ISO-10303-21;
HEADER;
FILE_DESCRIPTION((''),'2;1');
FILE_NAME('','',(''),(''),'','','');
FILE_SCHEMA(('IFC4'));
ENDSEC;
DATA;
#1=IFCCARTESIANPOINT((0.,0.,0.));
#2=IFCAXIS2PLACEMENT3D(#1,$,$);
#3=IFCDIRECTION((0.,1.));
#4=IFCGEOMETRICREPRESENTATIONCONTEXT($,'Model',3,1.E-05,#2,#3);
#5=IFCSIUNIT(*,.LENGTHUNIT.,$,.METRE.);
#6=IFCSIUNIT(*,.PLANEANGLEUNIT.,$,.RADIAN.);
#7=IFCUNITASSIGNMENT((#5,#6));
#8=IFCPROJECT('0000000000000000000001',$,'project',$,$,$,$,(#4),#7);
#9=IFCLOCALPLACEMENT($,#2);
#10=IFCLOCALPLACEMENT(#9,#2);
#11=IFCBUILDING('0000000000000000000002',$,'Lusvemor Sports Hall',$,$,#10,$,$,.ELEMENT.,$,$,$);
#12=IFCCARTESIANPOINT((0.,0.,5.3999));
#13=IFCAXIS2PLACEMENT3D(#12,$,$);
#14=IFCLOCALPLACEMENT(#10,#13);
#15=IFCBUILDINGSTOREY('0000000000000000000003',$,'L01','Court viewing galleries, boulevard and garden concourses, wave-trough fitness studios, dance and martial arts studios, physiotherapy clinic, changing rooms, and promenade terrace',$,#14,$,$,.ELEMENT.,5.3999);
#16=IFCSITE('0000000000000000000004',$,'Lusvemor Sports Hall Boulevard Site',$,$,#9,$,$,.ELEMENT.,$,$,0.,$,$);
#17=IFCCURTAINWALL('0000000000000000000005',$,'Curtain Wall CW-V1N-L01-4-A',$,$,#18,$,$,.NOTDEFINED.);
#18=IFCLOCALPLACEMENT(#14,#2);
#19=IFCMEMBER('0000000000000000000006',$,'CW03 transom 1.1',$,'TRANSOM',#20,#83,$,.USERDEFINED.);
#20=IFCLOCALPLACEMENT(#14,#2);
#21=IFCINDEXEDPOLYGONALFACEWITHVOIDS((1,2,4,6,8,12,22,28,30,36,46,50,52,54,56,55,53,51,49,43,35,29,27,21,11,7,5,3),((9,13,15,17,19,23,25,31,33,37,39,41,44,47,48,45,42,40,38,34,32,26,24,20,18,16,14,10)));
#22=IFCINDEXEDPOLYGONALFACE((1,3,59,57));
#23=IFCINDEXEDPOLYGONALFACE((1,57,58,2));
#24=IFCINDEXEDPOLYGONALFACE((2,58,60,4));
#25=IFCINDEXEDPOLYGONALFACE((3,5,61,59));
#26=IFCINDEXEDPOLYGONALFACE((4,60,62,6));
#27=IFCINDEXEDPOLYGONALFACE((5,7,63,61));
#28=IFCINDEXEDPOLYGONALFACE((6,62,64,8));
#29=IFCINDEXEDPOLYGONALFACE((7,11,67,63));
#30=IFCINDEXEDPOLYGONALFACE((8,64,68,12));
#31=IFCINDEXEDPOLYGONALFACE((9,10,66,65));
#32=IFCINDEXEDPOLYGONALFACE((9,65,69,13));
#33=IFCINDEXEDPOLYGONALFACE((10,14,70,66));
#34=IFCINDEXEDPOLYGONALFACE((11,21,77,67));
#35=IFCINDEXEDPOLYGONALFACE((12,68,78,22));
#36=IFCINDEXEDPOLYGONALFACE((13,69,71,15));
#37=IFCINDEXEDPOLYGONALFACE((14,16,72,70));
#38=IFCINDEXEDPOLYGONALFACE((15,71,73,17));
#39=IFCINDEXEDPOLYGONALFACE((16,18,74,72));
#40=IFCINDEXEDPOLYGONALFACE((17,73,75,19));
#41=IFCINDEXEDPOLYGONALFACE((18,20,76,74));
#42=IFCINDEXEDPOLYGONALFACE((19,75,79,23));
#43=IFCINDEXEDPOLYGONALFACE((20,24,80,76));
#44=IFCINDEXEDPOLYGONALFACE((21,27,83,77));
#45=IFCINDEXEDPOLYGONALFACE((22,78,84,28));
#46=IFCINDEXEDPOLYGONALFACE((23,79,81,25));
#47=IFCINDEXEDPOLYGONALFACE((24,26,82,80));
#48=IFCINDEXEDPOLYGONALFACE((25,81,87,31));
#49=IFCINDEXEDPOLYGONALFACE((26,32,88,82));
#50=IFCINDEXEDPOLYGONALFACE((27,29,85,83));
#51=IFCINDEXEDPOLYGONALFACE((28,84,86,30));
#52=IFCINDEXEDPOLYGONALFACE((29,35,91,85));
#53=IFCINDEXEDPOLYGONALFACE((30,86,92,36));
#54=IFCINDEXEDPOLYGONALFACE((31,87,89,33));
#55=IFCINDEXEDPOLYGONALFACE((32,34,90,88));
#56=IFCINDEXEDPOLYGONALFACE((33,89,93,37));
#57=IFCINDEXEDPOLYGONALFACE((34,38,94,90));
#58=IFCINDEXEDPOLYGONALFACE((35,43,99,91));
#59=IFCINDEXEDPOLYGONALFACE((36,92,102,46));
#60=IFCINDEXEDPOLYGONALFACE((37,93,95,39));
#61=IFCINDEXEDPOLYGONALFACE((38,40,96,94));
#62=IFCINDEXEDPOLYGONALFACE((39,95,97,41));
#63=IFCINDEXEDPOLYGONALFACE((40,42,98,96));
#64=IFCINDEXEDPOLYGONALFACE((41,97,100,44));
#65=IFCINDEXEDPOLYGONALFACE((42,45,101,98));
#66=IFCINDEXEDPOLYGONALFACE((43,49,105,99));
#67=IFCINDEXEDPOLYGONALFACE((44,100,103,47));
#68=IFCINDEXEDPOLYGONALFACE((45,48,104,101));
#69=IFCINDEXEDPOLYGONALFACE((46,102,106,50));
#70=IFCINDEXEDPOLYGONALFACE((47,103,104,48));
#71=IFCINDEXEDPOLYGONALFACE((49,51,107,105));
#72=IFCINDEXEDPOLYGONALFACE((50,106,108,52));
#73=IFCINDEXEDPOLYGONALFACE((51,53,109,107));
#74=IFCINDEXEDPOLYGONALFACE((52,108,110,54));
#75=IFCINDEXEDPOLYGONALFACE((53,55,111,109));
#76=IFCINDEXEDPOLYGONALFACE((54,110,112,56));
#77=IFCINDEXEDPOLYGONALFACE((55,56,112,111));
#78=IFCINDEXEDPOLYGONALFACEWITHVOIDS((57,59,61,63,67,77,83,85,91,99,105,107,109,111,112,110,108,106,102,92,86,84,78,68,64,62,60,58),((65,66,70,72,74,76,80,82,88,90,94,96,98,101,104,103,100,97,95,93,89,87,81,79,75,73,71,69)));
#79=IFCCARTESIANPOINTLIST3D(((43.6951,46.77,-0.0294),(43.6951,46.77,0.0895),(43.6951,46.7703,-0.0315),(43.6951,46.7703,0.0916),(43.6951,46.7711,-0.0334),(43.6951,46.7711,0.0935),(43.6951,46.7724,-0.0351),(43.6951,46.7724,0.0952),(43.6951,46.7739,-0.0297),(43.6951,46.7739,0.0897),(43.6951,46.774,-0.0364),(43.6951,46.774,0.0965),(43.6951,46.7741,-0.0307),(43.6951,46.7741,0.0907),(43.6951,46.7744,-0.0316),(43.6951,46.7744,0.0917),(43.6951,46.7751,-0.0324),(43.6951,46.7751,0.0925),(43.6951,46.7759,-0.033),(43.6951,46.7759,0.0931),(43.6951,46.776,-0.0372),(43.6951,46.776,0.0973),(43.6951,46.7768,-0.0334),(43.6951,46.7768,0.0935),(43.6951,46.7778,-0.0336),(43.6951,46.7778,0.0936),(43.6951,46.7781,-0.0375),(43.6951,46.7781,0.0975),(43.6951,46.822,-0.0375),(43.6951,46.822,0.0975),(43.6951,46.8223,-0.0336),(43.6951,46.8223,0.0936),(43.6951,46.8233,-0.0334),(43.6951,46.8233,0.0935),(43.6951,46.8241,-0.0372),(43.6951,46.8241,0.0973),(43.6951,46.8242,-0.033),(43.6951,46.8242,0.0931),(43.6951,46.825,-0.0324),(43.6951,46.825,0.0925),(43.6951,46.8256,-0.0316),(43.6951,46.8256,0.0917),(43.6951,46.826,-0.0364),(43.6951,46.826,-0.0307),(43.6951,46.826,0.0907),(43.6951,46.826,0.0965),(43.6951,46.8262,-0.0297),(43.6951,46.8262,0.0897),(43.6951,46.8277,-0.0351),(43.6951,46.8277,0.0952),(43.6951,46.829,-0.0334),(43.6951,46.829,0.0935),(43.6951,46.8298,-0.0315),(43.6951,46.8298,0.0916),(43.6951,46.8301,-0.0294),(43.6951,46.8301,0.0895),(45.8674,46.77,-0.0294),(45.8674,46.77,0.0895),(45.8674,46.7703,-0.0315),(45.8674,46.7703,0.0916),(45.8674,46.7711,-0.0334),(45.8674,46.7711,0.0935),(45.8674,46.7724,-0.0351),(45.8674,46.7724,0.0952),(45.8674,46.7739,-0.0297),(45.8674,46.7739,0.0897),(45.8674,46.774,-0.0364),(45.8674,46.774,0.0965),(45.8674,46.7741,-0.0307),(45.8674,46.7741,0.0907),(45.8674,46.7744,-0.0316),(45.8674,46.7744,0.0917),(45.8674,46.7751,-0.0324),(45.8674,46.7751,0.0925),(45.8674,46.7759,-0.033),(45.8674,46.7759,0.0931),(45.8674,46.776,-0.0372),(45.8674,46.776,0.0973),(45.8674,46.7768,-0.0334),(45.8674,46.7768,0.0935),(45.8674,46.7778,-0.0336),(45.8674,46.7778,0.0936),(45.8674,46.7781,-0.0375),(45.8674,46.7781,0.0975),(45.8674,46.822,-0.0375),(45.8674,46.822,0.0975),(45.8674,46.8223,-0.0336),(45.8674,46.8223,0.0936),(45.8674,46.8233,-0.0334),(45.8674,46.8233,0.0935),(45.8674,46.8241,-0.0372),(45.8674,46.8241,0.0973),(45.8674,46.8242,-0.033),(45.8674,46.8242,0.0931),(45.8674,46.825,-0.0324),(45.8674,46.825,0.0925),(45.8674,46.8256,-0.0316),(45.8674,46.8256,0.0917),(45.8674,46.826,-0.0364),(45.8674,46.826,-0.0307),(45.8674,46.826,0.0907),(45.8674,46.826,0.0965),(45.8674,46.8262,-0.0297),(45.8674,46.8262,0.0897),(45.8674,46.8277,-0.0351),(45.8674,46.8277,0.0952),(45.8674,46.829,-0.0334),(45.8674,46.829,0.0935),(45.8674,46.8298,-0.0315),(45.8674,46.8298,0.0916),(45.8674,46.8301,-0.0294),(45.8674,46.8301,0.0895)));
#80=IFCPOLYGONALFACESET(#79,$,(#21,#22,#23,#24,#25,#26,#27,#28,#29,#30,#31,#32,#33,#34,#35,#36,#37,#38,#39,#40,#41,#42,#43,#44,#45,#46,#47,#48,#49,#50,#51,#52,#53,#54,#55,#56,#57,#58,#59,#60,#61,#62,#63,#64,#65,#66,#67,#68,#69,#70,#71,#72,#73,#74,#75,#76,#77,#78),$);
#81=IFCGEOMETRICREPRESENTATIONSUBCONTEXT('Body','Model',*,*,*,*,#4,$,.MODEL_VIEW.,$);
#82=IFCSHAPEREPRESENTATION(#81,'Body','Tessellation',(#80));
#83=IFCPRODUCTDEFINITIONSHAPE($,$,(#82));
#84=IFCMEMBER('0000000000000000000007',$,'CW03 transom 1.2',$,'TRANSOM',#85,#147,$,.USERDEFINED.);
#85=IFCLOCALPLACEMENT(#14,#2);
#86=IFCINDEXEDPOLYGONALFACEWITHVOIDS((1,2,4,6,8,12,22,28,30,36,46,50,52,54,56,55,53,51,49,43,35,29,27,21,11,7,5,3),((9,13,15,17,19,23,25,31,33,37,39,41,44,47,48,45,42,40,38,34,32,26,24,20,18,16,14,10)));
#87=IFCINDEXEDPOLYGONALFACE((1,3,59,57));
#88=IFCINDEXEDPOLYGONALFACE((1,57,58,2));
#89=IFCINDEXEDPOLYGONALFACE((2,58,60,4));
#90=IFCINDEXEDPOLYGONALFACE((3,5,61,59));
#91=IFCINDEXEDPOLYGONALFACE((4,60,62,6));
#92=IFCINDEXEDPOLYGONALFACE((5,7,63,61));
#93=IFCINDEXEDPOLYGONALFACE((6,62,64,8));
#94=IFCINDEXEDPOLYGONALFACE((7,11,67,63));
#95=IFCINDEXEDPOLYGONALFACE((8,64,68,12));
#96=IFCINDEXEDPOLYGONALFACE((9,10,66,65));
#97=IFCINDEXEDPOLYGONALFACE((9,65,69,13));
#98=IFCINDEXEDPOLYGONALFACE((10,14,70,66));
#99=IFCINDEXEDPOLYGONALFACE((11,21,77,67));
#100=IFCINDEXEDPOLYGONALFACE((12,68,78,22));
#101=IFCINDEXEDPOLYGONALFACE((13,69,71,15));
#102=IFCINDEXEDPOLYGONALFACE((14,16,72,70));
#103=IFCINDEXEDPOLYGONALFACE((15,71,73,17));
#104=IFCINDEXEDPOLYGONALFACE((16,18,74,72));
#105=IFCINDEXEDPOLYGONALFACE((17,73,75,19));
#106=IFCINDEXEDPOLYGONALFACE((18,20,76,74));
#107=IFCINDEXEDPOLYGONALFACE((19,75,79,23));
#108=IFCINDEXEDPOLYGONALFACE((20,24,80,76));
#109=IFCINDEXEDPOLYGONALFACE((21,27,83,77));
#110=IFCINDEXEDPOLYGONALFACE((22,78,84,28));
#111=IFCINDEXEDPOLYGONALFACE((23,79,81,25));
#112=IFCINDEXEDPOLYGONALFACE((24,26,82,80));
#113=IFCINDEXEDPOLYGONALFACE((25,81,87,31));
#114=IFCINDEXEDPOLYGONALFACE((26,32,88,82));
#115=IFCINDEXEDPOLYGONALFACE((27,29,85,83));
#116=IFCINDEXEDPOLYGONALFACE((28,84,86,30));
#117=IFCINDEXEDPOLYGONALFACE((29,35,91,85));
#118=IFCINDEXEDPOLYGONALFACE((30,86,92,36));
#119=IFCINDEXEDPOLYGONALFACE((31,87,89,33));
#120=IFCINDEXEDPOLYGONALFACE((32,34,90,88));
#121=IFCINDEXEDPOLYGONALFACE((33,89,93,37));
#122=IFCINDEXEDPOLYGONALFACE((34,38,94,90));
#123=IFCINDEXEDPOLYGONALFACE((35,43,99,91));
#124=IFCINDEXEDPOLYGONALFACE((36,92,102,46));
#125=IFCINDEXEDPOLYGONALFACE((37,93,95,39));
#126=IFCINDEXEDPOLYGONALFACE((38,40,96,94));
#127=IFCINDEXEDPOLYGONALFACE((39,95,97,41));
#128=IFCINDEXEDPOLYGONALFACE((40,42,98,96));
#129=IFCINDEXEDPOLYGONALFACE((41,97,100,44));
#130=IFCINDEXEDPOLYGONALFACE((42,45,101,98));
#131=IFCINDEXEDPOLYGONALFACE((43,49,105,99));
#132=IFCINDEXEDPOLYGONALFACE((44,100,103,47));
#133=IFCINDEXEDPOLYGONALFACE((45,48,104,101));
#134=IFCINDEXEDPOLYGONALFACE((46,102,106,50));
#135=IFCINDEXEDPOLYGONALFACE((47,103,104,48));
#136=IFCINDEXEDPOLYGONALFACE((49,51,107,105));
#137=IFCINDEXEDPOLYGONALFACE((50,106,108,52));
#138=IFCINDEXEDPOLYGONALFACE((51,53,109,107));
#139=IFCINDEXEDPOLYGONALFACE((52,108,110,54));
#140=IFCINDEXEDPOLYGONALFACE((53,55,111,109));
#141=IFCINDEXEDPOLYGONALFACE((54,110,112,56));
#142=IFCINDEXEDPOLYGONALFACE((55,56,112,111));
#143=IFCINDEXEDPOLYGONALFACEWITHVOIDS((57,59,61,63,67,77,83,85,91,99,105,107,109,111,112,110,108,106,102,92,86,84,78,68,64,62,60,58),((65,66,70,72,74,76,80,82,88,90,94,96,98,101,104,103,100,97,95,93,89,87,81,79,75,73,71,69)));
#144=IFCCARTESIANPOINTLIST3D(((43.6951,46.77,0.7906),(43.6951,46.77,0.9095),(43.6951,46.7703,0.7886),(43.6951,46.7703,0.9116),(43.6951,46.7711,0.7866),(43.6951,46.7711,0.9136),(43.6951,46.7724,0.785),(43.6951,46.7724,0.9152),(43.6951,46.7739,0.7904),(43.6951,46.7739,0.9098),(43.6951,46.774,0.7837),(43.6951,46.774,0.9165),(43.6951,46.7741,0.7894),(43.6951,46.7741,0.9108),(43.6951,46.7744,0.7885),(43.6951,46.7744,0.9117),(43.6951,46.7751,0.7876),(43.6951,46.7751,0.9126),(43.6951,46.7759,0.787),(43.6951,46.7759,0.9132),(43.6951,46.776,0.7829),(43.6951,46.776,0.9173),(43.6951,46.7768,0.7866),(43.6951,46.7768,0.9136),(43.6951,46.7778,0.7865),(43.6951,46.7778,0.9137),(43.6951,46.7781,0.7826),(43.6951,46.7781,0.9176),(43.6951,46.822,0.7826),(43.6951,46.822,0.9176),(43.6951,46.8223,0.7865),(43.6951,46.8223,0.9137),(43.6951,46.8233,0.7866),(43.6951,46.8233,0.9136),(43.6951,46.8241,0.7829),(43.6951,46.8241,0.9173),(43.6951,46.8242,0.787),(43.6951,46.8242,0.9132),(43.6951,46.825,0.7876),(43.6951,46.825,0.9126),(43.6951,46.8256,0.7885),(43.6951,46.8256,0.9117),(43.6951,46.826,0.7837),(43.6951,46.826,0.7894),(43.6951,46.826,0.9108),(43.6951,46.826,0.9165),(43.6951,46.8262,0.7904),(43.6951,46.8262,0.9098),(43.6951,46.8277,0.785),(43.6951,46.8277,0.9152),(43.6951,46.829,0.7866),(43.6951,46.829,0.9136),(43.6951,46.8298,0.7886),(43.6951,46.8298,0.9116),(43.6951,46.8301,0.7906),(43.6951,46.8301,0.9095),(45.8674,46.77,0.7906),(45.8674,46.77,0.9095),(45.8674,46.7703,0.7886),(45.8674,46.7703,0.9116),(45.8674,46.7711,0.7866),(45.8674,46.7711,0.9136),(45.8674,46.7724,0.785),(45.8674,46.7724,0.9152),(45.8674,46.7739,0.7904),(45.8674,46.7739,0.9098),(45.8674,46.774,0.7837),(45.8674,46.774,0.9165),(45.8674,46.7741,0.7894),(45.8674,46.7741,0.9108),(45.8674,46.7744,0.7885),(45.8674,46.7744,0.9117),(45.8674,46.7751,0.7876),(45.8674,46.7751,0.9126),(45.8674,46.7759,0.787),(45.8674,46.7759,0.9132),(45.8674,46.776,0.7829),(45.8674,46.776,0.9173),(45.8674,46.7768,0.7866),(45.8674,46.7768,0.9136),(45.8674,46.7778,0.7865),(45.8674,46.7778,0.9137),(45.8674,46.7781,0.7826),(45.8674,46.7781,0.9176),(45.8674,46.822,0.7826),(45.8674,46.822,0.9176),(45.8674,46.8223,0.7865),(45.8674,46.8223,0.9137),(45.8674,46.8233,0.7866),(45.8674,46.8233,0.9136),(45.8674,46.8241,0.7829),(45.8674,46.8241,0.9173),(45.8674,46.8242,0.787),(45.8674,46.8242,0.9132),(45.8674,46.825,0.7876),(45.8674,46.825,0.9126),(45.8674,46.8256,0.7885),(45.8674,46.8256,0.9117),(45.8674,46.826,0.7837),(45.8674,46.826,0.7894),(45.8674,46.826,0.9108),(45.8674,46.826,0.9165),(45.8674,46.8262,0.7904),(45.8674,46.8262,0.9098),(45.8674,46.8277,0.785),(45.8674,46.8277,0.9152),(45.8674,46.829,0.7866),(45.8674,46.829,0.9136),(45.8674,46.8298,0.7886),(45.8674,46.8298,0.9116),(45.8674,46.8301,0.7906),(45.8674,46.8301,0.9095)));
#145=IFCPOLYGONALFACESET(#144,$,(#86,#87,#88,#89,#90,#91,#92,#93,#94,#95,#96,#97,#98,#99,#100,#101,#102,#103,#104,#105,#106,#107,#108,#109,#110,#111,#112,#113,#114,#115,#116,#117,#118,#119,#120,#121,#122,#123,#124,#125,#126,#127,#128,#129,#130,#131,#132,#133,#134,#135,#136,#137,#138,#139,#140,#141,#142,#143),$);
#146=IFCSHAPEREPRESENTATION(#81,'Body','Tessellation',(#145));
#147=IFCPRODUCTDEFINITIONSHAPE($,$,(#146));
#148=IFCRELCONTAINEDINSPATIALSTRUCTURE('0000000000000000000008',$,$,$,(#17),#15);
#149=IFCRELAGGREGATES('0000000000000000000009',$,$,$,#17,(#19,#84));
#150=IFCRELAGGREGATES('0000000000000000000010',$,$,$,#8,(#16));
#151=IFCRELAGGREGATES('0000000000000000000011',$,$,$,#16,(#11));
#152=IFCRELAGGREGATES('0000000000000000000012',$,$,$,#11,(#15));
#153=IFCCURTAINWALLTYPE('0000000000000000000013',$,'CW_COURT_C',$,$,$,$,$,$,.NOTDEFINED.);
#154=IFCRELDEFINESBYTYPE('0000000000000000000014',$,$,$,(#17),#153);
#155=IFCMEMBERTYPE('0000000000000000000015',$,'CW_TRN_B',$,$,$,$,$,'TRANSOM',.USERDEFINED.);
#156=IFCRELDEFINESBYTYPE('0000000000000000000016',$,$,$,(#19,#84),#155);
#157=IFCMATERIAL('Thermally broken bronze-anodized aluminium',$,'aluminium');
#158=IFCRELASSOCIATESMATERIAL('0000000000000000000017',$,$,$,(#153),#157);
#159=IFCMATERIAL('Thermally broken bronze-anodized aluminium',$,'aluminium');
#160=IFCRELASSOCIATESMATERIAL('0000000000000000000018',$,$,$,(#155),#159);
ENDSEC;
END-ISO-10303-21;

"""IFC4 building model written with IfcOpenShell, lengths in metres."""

from ifc_helpers import new_model, si_unit, direction, frame, origin, origin_2d, place, context, subcontext, project, spatial, hollow_rectangle, extrude, material, material_profile, profile_set, type_object, element, aggregate, save


model = new_model("IFC4")

# Units and contexts
model_context = context("Model", 3, precision=1e-05, world=origin(), true_north=direction((0.0, 1.0)))
body_context = subcontext(model_context, "Body", "Model", "MODEL_VIEW")
ifc_project = project(units=[si_unit("LENGTHUNIT", "METRE"), si_unit("PLANEANGLEUNIT", "RADIAN")], contexts=[model_context])

# Site, building, storey
site_placement = place(None, origin())
site = spatial("IfcSite", under=ifc_project, at=site_placement, Name="Lusvemor Sports Hall Boulevard Site", CompositionType="ELEMENT", RefElevation=0.0)
building_placement = place(site_placement, origin())
building = spatial("IfcBuilding", under=site, at=building_placement, Name="Lusvemor Sports Hall", CompositionType="ELEMENT")
storey_placement = place(building_placement, frame((0.0, 0.0, 5.3999)))
storey = spatial("IfcBuildingStorey", under=building, at=storey_placement, Name="L01", Description="Court viewing galleries, boulevard and garden concourses, wave-trough fitness studios, dance and martial arts studios, physiotherapy clinic, changing rooms, and promenade terrace", CompositionType="ELEMENT", Elevation=5.3999)

# Curtain wall
ifc_material_1 = material(Name="Thermally broken bronze-anodized aluminium", Category="aluminium")
curtain_wall_type = type_object("IfcCurtainWallType", Name="CW_COURT_C", PredefinedType="NOTDEFINED", material=ifc_material_1)
curtain_wall_1_placement = place(storey_placement, origin())
curtain_wall_1 = element("IfcCurtainWall", 1, at=curtain_wall_1_placement, inside=storey, type_object=curtain_wall_type, Name="Curtain Wall CW-V1N-L01-4-A", PredefinedType="NOTDEFINED")

# Members
ifc_material_2 = material(Name="Thermally broken bronze-anodized aluminium", Category="aluminium")
ifc_material_profile_1 = material_profile(ifc_material_2, hollow_rectangle(XDim=0.0601, YDim=0.135, WallThickness=0.0039, InnerFilletRadius=0.0039, OuterFilletRadius=0.0081, at=origin_2d()), Name="CWTRN135x60x4")
ifc_profile_set_1 = profile_set([ifc_material_profile_1], Name="Thermally broken bronze-anodized aluminium")
member_type_1 = type_object("IfcMemberType", Name="CW_TRN_B", ElementType="TRANSOM", PredefinedType="USERDEFINED", material=ifc_profile_set_1)
member_1_placement = place(storey_placement, frame((43.6951, 46.8, 0.03), z_axis=(1.0, 0.0, 0.0), x_axis=(0.0, 1.0, 0.0)))
member_1 = element("IfcMember", 2, at=member_1_placement, type_object=member_type_1, Name="CW03 transom 1.1", ObjectType="TRANSOM", PredefinedType="USERDEFINED", context=body_context, shape_type="SweptSolid", body=[
    extrude(hollow_rectangle(XDim=0.0601, YDim=0.135, WallThickness=0.0039, InnerFilletRadius=0.0039, OuterFilletRadius=0.0081, at=origin_2d()), origin(), (0.0, 0.0, 1.0), 2.1724),
])
member_2_placement = place(storey_placement, frame((43.6951, 46.8, 0.8501), z_axis=(1.0, 0.0, 0.0), x_axis=(0.0, 1.0, 0.0)))
member_2 = element("IfcMember", 3, at=member_2_placement, type_object=member_type_1, Name="CW03 transom 1.2", ObjectType="TRANSOM", PredefinedType="USERDEFINED", context=body_context, shape_type="SweptSolid", body=[
    extrude(hollow_rectangle(XDim=0.0601, YDim=0.135, WallThickness=0.0039, InnerFilletRadius=0.0039, OuterFilletRadius=0.0081, at=origin_2d()), origin(), (0.0, 0.0, 1.0), 2.1724),
])

aggregate(curtain_wall_1, [member_1, member_2])

save(model, "model.ifc")
